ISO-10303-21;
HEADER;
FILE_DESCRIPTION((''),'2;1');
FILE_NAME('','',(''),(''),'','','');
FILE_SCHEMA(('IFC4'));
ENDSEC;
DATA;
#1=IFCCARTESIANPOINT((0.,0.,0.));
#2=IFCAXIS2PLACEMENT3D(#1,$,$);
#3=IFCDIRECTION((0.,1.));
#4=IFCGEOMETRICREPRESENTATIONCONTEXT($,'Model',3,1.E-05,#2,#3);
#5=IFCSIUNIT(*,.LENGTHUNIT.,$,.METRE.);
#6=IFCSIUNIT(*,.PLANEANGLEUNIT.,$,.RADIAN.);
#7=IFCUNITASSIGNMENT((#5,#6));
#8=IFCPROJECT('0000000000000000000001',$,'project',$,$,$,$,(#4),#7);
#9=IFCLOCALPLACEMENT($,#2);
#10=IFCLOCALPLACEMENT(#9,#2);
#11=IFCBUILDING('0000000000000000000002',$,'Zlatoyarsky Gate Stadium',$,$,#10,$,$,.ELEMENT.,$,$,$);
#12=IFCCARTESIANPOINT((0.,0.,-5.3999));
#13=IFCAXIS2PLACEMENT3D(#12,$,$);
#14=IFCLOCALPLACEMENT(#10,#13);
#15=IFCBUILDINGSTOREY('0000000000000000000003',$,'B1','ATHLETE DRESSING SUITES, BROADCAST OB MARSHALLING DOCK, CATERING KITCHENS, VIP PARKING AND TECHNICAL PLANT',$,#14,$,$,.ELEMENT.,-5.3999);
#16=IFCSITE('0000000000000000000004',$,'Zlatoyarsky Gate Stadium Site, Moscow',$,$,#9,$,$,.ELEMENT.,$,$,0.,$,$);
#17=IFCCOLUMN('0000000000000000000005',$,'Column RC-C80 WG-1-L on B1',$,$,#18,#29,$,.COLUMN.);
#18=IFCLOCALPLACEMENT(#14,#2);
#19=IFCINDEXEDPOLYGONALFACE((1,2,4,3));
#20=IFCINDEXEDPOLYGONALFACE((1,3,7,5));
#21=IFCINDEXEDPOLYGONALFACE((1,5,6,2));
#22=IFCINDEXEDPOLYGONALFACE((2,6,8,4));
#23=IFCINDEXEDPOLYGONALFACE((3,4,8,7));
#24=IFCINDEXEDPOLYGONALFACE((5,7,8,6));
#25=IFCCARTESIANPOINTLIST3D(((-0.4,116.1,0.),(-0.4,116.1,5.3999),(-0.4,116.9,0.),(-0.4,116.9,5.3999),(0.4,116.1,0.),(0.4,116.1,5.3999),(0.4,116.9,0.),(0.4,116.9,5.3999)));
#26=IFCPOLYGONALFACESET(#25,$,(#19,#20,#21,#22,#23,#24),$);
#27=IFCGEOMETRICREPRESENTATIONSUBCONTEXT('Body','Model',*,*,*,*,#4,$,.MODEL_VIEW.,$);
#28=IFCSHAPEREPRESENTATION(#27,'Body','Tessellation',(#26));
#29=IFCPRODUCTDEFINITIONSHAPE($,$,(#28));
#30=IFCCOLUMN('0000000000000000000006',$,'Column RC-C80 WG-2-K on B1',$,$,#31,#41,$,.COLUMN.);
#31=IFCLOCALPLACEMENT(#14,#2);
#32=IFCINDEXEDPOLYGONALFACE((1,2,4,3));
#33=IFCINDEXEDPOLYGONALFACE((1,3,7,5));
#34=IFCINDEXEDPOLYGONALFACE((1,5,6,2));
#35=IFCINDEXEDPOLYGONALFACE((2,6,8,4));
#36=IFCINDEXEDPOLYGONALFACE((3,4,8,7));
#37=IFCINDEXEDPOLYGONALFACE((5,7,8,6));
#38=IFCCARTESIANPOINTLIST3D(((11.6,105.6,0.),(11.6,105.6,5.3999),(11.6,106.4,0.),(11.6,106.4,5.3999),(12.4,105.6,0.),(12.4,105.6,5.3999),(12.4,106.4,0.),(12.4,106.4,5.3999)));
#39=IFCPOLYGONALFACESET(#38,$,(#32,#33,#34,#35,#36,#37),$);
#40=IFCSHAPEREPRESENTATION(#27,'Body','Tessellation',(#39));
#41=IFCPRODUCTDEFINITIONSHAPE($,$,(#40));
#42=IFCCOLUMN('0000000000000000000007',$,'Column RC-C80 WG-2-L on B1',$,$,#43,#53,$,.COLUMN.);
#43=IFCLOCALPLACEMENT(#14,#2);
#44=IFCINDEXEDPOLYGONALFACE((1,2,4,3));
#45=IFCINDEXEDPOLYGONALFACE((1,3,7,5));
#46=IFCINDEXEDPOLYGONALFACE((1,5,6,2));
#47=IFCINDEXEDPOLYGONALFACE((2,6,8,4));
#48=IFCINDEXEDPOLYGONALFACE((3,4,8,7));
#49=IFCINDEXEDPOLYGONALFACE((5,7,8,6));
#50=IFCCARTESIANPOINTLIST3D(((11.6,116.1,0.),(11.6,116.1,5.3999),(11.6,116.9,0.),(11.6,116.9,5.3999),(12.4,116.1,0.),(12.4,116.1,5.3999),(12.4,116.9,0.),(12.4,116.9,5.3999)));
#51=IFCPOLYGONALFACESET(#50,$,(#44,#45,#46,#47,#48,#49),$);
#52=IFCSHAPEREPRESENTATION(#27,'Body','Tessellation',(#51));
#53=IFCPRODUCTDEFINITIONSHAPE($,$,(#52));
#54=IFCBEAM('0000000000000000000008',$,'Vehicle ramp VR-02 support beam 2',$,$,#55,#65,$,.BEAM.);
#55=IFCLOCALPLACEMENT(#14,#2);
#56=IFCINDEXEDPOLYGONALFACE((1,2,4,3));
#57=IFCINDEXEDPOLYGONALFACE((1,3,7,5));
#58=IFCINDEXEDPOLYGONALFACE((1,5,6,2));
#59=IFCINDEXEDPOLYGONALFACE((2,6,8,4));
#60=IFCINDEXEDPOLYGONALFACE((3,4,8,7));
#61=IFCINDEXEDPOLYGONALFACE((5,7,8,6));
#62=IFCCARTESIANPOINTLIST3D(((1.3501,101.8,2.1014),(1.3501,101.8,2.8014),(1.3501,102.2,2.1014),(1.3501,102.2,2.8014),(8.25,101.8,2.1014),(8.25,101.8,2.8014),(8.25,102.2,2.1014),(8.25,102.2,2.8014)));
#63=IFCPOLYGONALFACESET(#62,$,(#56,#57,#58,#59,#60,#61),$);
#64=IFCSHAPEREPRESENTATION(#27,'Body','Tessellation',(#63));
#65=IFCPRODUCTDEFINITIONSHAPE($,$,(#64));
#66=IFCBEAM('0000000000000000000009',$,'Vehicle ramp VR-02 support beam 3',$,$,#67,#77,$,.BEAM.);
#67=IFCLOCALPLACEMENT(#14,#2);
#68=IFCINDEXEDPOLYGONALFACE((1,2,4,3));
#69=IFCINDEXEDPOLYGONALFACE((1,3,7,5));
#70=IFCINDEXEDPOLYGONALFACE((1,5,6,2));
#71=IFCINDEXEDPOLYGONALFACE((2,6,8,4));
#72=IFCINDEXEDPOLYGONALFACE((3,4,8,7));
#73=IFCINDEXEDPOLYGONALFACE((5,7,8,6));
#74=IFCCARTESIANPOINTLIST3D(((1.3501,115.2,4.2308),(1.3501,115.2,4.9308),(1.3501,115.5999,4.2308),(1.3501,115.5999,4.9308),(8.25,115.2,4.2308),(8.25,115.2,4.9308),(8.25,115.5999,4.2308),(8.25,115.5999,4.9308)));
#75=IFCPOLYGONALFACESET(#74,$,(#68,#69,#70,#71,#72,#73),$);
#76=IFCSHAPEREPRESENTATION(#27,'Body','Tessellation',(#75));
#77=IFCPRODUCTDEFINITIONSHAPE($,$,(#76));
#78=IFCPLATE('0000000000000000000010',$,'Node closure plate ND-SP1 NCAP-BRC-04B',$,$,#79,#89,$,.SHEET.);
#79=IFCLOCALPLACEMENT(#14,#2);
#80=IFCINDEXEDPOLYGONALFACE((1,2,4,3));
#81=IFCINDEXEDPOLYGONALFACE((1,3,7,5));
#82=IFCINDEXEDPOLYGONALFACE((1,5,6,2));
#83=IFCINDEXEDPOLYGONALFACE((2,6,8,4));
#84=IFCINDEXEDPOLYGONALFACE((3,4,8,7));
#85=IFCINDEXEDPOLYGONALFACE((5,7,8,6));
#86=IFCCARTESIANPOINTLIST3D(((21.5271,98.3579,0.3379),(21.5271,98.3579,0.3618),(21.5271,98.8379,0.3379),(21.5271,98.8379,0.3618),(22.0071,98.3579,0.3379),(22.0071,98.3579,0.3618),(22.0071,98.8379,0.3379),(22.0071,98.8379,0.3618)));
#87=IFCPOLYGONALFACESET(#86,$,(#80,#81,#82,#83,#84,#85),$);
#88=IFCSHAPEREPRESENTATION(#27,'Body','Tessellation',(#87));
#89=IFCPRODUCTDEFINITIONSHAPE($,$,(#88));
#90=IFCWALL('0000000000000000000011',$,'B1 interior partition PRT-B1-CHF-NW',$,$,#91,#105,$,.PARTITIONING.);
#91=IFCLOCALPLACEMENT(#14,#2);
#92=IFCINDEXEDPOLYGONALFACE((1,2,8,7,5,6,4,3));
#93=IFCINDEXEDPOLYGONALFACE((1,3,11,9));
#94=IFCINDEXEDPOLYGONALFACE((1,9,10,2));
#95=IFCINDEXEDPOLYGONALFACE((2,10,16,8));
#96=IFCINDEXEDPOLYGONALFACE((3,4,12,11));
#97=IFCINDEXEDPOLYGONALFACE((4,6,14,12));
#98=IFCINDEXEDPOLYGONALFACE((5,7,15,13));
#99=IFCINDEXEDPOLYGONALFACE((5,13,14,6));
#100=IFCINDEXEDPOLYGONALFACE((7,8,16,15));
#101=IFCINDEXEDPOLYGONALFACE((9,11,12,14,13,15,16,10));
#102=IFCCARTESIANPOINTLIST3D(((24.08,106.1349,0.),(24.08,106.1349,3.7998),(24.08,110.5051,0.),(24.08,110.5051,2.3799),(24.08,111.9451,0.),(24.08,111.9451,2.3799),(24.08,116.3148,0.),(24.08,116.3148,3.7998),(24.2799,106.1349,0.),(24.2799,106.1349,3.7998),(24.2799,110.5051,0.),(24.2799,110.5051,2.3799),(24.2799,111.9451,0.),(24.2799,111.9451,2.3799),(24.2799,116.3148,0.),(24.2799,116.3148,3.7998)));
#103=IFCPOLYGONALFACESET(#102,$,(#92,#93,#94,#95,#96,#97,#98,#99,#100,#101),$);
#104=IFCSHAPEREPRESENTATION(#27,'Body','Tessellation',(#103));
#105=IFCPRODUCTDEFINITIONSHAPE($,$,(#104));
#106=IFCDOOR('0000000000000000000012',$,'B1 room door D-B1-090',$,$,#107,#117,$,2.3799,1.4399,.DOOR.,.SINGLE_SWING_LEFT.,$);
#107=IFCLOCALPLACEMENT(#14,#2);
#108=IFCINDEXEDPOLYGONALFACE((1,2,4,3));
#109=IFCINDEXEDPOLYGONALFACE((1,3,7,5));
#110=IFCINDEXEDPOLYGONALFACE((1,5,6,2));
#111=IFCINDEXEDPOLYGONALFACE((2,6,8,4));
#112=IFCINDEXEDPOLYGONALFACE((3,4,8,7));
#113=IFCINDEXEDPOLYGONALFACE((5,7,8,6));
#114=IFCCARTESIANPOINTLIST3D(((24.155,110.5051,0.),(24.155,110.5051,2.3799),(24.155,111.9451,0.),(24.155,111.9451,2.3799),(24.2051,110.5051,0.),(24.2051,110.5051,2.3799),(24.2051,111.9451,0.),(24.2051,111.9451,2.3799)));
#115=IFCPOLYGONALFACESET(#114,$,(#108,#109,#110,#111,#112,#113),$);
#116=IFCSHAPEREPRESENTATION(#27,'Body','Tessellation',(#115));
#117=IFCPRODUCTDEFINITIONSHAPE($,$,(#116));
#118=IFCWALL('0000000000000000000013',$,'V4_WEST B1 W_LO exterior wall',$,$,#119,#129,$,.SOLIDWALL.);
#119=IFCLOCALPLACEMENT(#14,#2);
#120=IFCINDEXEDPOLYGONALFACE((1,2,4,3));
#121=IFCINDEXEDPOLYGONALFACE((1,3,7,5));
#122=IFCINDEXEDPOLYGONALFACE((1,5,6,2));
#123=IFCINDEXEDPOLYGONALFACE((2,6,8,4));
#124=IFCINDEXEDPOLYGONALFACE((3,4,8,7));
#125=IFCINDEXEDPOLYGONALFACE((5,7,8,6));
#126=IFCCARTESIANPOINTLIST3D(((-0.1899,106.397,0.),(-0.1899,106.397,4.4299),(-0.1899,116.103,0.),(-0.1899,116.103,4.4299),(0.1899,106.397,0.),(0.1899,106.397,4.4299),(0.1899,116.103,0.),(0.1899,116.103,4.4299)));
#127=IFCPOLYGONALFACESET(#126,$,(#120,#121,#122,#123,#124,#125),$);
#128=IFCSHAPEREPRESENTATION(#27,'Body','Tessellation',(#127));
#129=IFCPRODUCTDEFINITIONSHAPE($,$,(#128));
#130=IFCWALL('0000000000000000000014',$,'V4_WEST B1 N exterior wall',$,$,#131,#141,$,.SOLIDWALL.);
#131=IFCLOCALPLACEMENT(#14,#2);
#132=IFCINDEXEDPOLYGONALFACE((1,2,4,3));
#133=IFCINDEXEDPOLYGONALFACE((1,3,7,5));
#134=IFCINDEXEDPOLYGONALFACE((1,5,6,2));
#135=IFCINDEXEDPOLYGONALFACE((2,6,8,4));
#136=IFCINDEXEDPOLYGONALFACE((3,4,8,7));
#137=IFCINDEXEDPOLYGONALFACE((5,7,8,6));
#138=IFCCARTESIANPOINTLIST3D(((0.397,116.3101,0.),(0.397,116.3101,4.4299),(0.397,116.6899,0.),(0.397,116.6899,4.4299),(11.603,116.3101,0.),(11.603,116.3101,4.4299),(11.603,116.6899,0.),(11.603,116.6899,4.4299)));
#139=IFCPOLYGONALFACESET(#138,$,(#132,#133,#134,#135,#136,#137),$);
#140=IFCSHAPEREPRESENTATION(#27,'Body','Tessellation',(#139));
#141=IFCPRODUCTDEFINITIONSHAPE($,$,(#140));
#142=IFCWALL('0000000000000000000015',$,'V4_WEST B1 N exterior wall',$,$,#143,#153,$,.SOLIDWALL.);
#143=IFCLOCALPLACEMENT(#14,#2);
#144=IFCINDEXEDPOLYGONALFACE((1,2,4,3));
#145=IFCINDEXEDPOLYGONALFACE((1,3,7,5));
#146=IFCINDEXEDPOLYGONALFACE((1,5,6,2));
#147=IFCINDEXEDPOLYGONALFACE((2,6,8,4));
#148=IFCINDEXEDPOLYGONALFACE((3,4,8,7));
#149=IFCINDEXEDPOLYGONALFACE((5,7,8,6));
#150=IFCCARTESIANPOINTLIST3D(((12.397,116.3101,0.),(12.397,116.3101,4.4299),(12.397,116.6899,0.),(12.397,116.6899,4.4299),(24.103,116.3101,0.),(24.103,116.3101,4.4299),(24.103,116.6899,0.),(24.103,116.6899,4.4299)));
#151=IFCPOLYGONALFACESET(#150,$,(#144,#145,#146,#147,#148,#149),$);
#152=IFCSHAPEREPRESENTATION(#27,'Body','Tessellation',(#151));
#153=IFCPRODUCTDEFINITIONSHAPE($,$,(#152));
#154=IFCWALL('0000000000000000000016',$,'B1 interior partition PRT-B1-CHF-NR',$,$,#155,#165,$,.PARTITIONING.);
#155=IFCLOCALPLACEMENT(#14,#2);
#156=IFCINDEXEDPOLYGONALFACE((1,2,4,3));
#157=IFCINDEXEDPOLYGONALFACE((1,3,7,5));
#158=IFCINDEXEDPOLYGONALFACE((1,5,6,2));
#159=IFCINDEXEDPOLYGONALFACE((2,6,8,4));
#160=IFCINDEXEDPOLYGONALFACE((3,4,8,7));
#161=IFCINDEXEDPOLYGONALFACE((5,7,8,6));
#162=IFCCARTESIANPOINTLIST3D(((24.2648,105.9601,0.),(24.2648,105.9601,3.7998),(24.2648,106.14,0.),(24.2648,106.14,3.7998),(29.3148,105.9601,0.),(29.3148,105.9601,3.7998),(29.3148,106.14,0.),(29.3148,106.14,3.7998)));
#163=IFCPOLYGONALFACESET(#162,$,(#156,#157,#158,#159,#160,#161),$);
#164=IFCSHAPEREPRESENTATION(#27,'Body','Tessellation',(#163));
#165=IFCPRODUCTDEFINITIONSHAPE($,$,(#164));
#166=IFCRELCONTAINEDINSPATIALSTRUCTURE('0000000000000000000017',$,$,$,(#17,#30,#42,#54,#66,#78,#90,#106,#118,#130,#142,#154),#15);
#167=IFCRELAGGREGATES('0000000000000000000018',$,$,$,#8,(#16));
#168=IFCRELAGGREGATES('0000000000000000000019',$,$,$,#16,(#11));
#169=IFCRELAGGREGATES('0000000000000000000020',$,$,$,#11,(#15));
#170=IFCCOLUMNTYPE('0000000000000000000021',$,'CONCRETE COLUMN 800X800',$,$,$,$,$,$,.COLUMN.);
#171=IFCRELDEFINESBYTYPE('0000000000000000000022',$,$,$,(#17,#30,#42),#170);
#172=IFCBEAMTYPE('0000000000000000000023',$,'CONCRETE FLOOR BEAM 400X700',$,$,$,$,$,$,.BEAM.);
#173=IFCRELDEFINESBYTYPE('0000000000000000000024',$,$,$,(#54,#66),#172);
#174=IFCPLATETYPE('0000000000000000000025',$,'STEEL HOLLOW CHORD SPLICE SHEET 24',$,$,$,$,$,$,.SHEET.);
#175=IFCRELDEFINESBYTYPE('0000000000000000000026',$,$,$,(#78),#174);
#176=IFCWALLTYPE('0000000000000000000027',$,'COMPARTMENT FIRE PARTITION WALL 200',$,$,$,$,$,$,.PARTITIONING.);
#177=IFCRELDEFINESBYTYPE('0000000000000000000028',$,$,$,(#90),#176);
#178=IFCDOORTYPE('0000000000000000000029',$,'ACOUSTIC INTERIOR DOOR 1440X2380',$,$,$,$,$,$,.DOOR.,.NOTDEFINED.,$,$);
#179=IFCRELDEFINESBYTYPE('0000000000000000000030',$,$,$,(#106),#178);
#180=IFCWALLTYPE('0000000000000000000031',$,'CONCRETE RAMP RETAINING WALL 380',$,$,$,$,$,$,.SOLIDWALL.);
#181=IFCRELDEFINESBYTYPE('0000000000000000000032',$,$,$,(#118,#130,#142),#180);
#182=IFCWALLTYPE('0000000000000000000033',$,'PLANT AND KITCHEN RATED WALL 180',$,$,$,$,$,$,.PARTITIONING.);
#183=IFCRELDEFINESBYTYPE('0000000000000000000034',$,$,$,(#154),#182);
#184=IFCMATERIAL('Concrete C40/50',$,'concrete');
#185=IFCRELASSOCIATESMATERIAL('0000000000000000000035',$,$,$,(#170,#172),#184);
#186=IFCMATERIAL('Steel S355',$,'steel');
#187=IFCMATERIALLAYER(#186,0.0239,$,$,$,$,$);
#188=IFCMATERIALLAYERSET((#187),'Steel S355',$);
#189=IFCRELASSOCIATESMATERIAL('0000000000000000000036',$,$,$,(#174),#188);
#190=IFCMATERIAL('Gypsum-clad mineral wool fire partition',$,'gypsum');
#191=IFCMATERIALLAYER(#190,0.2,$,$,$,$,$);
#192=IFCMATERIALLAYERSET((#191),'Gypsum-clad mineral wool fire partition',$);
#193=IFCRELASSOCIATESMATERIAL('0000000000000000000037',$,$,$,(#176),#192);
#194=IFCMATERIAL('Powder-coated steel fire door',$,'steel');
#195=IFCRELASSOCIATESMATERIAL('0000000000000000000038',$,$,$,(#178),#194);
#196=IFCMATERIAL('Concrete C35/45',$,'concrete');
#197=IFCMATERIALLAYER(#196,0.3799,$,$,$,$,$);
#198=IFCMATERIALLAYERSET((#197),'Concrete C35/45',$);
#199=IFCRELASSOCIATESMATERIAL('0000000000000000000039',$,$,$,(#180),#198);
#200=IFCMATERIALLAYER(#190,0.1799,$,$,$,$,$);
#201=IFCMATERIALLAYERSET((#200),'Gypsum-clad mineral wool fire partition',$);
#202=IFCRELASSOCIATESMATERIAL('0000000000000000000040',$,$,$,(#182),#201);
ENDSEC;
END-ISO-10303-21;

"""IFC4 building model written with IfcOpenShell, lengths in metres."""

from ifc_helpers import new_model, si_unit, direction, frame, frame_2d, origin, origin_2d, place, context, subcontext, project, spatial, rectangle, extrude, material, layer, layer_set, material_profile, profile_set, type_object, element, fill, save


model = new_model("IFC4")

# Units and contexts
model_context = context("Model", 3, precision=1e-05, world=origin(), true_north=direction((0.0, 1.0)))
body_context = subcontext(model_context, "Body", "Model", "MODEL_VIEW")
ifc_project = project(units=[si_unit("LENGTHUNIT", "METRE"), si_unit("PLANEANGLEUNIT", "RADIAN")], contexts=[model_context])

# Site, building, storey
site_placement = place(None, origin())
site = spatial("IfcSite", under=ifc_project, at=site_placement, Name="Zlatoyarsky Gate Stadium Site, Moscow", CompositionType="ELEMENT", RefElevation=0.0)
building_placement = place(site_placement, origin())
building = spatial("IfcBuilding", under=site, at=building_placement, Name="Zlatoyarsky Gate Stadium", CompositionType="ELEMENT")
storey_placement = place(building_placement, frame((0.0, 0.0, -5.3999)))
storey = spatial("IfcBuildingStorey", under=building, at=storey_placement, Name="B1", Description="ATHLETE DRESSING SUITES, BROADCAST OB MARSHALLING DOCK, CATERING KITCHENS, VIP PARKING AND TECHNICAL PLANT", CompositionType="ELEMENT", Elevation=-5.3999)

# Shared definitions
ifc_material_1 = material(Name="Concrete C35/45", Category="concrete")

# Columns
ifc_material_2 = material(Name="Concrete C40/50", Category="concrete")
ifc_material_profile_1 = material_profile(ifc_material_2, rectangle(XDim=0.8, YDim=0.8, at=origin_2d()), Name="RC COL 800X800")
ifc_profile_set_1 = profile_set([ifc_material_profile_1], Name="Concrete C40/50")
column_type = type_object("IfcColumnType", Name="CONCRETE COLUMN 800X800", PredefinedType="COLUMN", material=ifc_profile_set_1)
for number, where, z_axis, x_axis, name in (
    (1, (0.0, 116.5, 0.0), (0.0, 0.0, 1.0), (1.0, 0.0, 0.0), "Column RC-C80 WG-1-L on B1"),
    (2, (12.0, 106.0, 0.0), (0.0, 0.0, 1.0), (1.0, 0.0, 0.0), "Column RC-C80 WG-2-K on B1"),
    (3, (12.0, 116.5, 0.0), (0.0, 0.0, 1.0), (1.0, 0.0, 0.0), "Column RC-C80 WG-2-L on B1"),
):
    element("IfcColumn", number, at=place(storey_placement, frame(where, z_axis=z_axis, x_axis=x_axis)), inside=storey, type_object=column_type, Name=name, PredefinedType="COLUMN", context=body_context, shape_type="SweptSolid", body=[
        extrude(rectangle(XDim=0.8, YDim=0.8, at=origin_2d()), origin(), (0.0, 0.0, 1.0), 5.3999),
    ])

# Beams
ifc_material_profile_2 = material_profile(ifc_material_2, rectangle(XDim=0.3999, YDim=0.7, at=origin_2d()), Name="RC BEAM 400X700")
ifc_profile_set_2 = profile_set([ifc_material_profile_2], Name="Concrete C40/50")
beam_type = type_object("IfcBeamType", Name="CONCRETE FLOOR BEAM 400X700", PredefinedType="BEAM", material=ifc_profile_set_2)
for number, where, z_axis, x_axis, name in (
    (4, (1.3501, 102.0, 2.4514), (1.0, 0.0, 0.0), (0.0, 1.0, 0.0), "Vehicle ramp VR-02 support beam 2"),
    (5, (1.3501, 115.3999, 4.5808), (1.0, 0.0, 0.0), (0.0, 1.0, 0.0), "Vehicle ramp VR-02 support beam 3"),
):
    element("IfcBeam", number, at=place(storey_placement, frame(where, z_axis=z_axis, x_axis=x_axis)), inside=storey, type_object=beam_type, Name=name, PredefinedType="BEAM", context=body_context, shape_type="SweptSolid", body=[
        extrude(rectangle(XDim=0.3999, YDim=0.7, at=origin_2d()), origin(), (0.0, 0.0, 1.0), 6.8999),
    ])

# Plate
ifc_material_3 = material(Name="Steel S355", Category="steel")
ifc_layer_1 = layer(ifc_material_3, 0.0239)
ifc_layer_set_1 = layer_set([ifc_layer_1], Name="Steel S355")
plate_type = type_object("IfcPlateType", Name="STEEL HOLLOW CHORD SPLICE SHEET 24", PredefinedType="SHEET", material=ifc_layer_set_1)
plate_placement = place(storey_placement, frame((21.7671, 98.5979, 0.3379), z_axis=(0.0, 0.0, 1.0), x_axis=(1.0, 0.0, 0.0)))
element("IfcPlate", 6, at=plate_placement, inside=storey, type_object=plate_type, Name="Node closure plate ND-SP1 NCAP-BRC-04B", PredefinedType="SHEET", context=body_context, shape_type="SweptSolid", body=[
    extrude(rectangle(XDim=0.48, YDim=0.48, at=origin_2d()), origin(), (0.0, 0.0, 1.0), 0.0239),
])

# Wall, opening, door
ifc_material_4 = material(Name="Gypsum-clad mineral wool fire partition", Category="gypsum")
ifc_layer_2 = layer(ifc_material_4, 0.2)
ifc_layer_set_2 = layer_set([ifc_layer_2], Name="Gypsum-clad mineral wool fire partition")
wall_type_1 = type_object("IfcWallType", Name="COMPARTMENT FIRE PARTITION WALL 200", PredefinedType="PARTITIONING", material=ifc_layer_set_2)
wall_1_placement = place(storey_placement, frame((24.1799, 106.135, 0.0), z_axis=(0.0, 0.0, 1.0), x_axis=(0.0, 1.0, 0.0)))
wall_1 = element("IfcWall", 7, at=wall_1_placement, inside=storey, type_object=wall_type_1, Name="B1 interior partition PRT-B1-CHF-NW", PredefinedType="PARTITIONING", context=body_context, shape_type="SweptSolid", body=[
    extrude(rectangle(XDim=10.1799, YDim=0.2, at=frame_2d((5.0898, 0.0))), origin(), (0.0, 0.0, 1.0), 3.7998),
])
opening_placement = place(wall_1_placement, frame((4.3701, 0.0, 0.0)))
opening = element("IfcOpeningElement", 8, at=opening_placement, cuts=wall_1, PredefinedType="OPENING", context=body_context, shape_type="SweptSolid", body=[
    extrude(rectangle(XDim=1.4399, YDim=2.3799, at=frame_2d((0.72, 1.1899))), frame((0.0, 0.1099, 0.0), z_axis=(0.0, -1.0, 0.0), x_axis=(1.0, 0.0, 0.0)), (0.0, 0.0, 1.0), 0.22),
])
ifc_material_5 = material(Name="Powder-coated steel fire door", Category="steel")
door_type = type_object("IfcDoorType", Name="ACOUSTIC INTERIOR DOOR 1440X2380", OperationType="NOTDEFINED", PredefinedType="DOOR", material=ifc_material_5)
door_placement = place(opening_placement, origin())
door = element("IfcDoor", 9, at=door_placement, inside=storey, type_object=door_type, Name="B1 room door D-B1-090", OperationType="SINGLE_SWING_LEFT", OverallHeight=2.3799, OverallWidth=1.4399, PredefinedType="DOOR", context=body_context, shape_type="SweptSolid", body=[
    extrude(rectangle(XDim=1.4399, YDim=2.3799, at=frame_2d((0.72, 1.1899))), frame((0.0, 0.0249, 0.0), z_axis=(0.0, -1.0, 0.0), x_axis=(1.0, 0.0, 0.0)), (0.0, 0.0, 1.0), 0.05),
])
fill(opening, door)

# Walls
ifc_layer_3 = layer(ifc_material_1, 0.3799)
ifc_layer_set_3 = layer_set([ifc_layer_3], Name="Concrete C35/45")
wall_type_2 = type_object("IfcWallType", Name="CONCRETE RAMP RETAINING WALL 380", PredefinedType="SOLIDWALL", material=ifc_layer_set_3)
wall_2_placement = place(storey_placement, frame((0.0, 106.397, 0.0), z_axis=(0.0, 0.0, 1.0), x_axis=(0.0, 1.0, 0.0)))
element("IfcWall", 10, at=wall_2_placement, inside=storey, type_object=wall_type_2, Name="V4_WEST B1 W_LO exterior wall", PredefinedType="SOLIDWALL", context=body_context, shape_type="SweptSolid", body=[
    extrude(rectangle(XDim=9.7061, YDim=0.3799, at=frame_2d((4.853, 0.0))), origin(), (0.0, 0.0, 1.0), 4.4299),
])
wall_3_placement = place(storey_placement, frame((0.397, 116.5, 0.0), z_axis=(0.0, 0.0, 1.0), x_axis=(1.0, 0.0, 0.0)))
element("IfcWall", 11, at=wall_3_placement, inside=storey, type_object=wall_type_2, Name="V4_WEST B1 N exterior wall", PredefinedType="SOLIDWALL", context=body_context, shape_type="SweptSolid", body=[
    extrude(rectangle(XDim=11.2061, YDim=0.3799, at=frame_2d((5.603, 0.0))), origin(), (0.0, 0.0, 1.0), 4.4299),
])
wall_4_placement = place(storey_placement, frame((12.397, 116.5, 0.0), z_axis=(0.0, 0.0, 1.0), x_axis=(1.0, 0.0, 0.0)))
element("IfcWall", 12, at=wall_4_placement, inside=storey, type_object=wall_type_2, Name="V4_WEST B1 N exterior wall", PredefinedType="SOLIDWALL", context=body_context, shape_type="SweptSolid", body=[
    extrude(rectangle(XDim=11.7061, YDim=0.3799, at=frame_2d((5.853, 0.0))), origin(), (0.0, 0.0, 1.0), 4.4299),
])
ifc_layer_4 = layer(ifc_material_4, 0.1799)
ifc_layer_set_4 = layer_set([ifc_layer_4], Name="Gypsum-clad mineral wool fire partition")
wall_type_3 = type_object("IfcWallType", Name="PLANT AND KITCHEN RATED WALL 180", PredefinedType="PARTITIONING", material=ifc_layer_set_4)
wall_5_placement = place(storey_placement, frame((24.2649, 106.05, 0.0), z_axis=(0.0, 0.0, 1.0), x_axis=(1.0, 0.0, 0.0)))
element("IfcWall", 13, at=wall_5_placement, inside=storey, type_object=wall_type_3, Name="B1 interior partition PRT-B1-CHF-NR", PredefinedType="PARTITIONING", context=body_context, shape_type="SweptSolid", body=[
    extrude(rectangle(XDim=5.05, YDim=0.1799, at=frame_2d((2.5249, 0.0))), origin(), (0.0, 0.0, 1.0), 3.7998),
])

save(model, "model.ifc")
